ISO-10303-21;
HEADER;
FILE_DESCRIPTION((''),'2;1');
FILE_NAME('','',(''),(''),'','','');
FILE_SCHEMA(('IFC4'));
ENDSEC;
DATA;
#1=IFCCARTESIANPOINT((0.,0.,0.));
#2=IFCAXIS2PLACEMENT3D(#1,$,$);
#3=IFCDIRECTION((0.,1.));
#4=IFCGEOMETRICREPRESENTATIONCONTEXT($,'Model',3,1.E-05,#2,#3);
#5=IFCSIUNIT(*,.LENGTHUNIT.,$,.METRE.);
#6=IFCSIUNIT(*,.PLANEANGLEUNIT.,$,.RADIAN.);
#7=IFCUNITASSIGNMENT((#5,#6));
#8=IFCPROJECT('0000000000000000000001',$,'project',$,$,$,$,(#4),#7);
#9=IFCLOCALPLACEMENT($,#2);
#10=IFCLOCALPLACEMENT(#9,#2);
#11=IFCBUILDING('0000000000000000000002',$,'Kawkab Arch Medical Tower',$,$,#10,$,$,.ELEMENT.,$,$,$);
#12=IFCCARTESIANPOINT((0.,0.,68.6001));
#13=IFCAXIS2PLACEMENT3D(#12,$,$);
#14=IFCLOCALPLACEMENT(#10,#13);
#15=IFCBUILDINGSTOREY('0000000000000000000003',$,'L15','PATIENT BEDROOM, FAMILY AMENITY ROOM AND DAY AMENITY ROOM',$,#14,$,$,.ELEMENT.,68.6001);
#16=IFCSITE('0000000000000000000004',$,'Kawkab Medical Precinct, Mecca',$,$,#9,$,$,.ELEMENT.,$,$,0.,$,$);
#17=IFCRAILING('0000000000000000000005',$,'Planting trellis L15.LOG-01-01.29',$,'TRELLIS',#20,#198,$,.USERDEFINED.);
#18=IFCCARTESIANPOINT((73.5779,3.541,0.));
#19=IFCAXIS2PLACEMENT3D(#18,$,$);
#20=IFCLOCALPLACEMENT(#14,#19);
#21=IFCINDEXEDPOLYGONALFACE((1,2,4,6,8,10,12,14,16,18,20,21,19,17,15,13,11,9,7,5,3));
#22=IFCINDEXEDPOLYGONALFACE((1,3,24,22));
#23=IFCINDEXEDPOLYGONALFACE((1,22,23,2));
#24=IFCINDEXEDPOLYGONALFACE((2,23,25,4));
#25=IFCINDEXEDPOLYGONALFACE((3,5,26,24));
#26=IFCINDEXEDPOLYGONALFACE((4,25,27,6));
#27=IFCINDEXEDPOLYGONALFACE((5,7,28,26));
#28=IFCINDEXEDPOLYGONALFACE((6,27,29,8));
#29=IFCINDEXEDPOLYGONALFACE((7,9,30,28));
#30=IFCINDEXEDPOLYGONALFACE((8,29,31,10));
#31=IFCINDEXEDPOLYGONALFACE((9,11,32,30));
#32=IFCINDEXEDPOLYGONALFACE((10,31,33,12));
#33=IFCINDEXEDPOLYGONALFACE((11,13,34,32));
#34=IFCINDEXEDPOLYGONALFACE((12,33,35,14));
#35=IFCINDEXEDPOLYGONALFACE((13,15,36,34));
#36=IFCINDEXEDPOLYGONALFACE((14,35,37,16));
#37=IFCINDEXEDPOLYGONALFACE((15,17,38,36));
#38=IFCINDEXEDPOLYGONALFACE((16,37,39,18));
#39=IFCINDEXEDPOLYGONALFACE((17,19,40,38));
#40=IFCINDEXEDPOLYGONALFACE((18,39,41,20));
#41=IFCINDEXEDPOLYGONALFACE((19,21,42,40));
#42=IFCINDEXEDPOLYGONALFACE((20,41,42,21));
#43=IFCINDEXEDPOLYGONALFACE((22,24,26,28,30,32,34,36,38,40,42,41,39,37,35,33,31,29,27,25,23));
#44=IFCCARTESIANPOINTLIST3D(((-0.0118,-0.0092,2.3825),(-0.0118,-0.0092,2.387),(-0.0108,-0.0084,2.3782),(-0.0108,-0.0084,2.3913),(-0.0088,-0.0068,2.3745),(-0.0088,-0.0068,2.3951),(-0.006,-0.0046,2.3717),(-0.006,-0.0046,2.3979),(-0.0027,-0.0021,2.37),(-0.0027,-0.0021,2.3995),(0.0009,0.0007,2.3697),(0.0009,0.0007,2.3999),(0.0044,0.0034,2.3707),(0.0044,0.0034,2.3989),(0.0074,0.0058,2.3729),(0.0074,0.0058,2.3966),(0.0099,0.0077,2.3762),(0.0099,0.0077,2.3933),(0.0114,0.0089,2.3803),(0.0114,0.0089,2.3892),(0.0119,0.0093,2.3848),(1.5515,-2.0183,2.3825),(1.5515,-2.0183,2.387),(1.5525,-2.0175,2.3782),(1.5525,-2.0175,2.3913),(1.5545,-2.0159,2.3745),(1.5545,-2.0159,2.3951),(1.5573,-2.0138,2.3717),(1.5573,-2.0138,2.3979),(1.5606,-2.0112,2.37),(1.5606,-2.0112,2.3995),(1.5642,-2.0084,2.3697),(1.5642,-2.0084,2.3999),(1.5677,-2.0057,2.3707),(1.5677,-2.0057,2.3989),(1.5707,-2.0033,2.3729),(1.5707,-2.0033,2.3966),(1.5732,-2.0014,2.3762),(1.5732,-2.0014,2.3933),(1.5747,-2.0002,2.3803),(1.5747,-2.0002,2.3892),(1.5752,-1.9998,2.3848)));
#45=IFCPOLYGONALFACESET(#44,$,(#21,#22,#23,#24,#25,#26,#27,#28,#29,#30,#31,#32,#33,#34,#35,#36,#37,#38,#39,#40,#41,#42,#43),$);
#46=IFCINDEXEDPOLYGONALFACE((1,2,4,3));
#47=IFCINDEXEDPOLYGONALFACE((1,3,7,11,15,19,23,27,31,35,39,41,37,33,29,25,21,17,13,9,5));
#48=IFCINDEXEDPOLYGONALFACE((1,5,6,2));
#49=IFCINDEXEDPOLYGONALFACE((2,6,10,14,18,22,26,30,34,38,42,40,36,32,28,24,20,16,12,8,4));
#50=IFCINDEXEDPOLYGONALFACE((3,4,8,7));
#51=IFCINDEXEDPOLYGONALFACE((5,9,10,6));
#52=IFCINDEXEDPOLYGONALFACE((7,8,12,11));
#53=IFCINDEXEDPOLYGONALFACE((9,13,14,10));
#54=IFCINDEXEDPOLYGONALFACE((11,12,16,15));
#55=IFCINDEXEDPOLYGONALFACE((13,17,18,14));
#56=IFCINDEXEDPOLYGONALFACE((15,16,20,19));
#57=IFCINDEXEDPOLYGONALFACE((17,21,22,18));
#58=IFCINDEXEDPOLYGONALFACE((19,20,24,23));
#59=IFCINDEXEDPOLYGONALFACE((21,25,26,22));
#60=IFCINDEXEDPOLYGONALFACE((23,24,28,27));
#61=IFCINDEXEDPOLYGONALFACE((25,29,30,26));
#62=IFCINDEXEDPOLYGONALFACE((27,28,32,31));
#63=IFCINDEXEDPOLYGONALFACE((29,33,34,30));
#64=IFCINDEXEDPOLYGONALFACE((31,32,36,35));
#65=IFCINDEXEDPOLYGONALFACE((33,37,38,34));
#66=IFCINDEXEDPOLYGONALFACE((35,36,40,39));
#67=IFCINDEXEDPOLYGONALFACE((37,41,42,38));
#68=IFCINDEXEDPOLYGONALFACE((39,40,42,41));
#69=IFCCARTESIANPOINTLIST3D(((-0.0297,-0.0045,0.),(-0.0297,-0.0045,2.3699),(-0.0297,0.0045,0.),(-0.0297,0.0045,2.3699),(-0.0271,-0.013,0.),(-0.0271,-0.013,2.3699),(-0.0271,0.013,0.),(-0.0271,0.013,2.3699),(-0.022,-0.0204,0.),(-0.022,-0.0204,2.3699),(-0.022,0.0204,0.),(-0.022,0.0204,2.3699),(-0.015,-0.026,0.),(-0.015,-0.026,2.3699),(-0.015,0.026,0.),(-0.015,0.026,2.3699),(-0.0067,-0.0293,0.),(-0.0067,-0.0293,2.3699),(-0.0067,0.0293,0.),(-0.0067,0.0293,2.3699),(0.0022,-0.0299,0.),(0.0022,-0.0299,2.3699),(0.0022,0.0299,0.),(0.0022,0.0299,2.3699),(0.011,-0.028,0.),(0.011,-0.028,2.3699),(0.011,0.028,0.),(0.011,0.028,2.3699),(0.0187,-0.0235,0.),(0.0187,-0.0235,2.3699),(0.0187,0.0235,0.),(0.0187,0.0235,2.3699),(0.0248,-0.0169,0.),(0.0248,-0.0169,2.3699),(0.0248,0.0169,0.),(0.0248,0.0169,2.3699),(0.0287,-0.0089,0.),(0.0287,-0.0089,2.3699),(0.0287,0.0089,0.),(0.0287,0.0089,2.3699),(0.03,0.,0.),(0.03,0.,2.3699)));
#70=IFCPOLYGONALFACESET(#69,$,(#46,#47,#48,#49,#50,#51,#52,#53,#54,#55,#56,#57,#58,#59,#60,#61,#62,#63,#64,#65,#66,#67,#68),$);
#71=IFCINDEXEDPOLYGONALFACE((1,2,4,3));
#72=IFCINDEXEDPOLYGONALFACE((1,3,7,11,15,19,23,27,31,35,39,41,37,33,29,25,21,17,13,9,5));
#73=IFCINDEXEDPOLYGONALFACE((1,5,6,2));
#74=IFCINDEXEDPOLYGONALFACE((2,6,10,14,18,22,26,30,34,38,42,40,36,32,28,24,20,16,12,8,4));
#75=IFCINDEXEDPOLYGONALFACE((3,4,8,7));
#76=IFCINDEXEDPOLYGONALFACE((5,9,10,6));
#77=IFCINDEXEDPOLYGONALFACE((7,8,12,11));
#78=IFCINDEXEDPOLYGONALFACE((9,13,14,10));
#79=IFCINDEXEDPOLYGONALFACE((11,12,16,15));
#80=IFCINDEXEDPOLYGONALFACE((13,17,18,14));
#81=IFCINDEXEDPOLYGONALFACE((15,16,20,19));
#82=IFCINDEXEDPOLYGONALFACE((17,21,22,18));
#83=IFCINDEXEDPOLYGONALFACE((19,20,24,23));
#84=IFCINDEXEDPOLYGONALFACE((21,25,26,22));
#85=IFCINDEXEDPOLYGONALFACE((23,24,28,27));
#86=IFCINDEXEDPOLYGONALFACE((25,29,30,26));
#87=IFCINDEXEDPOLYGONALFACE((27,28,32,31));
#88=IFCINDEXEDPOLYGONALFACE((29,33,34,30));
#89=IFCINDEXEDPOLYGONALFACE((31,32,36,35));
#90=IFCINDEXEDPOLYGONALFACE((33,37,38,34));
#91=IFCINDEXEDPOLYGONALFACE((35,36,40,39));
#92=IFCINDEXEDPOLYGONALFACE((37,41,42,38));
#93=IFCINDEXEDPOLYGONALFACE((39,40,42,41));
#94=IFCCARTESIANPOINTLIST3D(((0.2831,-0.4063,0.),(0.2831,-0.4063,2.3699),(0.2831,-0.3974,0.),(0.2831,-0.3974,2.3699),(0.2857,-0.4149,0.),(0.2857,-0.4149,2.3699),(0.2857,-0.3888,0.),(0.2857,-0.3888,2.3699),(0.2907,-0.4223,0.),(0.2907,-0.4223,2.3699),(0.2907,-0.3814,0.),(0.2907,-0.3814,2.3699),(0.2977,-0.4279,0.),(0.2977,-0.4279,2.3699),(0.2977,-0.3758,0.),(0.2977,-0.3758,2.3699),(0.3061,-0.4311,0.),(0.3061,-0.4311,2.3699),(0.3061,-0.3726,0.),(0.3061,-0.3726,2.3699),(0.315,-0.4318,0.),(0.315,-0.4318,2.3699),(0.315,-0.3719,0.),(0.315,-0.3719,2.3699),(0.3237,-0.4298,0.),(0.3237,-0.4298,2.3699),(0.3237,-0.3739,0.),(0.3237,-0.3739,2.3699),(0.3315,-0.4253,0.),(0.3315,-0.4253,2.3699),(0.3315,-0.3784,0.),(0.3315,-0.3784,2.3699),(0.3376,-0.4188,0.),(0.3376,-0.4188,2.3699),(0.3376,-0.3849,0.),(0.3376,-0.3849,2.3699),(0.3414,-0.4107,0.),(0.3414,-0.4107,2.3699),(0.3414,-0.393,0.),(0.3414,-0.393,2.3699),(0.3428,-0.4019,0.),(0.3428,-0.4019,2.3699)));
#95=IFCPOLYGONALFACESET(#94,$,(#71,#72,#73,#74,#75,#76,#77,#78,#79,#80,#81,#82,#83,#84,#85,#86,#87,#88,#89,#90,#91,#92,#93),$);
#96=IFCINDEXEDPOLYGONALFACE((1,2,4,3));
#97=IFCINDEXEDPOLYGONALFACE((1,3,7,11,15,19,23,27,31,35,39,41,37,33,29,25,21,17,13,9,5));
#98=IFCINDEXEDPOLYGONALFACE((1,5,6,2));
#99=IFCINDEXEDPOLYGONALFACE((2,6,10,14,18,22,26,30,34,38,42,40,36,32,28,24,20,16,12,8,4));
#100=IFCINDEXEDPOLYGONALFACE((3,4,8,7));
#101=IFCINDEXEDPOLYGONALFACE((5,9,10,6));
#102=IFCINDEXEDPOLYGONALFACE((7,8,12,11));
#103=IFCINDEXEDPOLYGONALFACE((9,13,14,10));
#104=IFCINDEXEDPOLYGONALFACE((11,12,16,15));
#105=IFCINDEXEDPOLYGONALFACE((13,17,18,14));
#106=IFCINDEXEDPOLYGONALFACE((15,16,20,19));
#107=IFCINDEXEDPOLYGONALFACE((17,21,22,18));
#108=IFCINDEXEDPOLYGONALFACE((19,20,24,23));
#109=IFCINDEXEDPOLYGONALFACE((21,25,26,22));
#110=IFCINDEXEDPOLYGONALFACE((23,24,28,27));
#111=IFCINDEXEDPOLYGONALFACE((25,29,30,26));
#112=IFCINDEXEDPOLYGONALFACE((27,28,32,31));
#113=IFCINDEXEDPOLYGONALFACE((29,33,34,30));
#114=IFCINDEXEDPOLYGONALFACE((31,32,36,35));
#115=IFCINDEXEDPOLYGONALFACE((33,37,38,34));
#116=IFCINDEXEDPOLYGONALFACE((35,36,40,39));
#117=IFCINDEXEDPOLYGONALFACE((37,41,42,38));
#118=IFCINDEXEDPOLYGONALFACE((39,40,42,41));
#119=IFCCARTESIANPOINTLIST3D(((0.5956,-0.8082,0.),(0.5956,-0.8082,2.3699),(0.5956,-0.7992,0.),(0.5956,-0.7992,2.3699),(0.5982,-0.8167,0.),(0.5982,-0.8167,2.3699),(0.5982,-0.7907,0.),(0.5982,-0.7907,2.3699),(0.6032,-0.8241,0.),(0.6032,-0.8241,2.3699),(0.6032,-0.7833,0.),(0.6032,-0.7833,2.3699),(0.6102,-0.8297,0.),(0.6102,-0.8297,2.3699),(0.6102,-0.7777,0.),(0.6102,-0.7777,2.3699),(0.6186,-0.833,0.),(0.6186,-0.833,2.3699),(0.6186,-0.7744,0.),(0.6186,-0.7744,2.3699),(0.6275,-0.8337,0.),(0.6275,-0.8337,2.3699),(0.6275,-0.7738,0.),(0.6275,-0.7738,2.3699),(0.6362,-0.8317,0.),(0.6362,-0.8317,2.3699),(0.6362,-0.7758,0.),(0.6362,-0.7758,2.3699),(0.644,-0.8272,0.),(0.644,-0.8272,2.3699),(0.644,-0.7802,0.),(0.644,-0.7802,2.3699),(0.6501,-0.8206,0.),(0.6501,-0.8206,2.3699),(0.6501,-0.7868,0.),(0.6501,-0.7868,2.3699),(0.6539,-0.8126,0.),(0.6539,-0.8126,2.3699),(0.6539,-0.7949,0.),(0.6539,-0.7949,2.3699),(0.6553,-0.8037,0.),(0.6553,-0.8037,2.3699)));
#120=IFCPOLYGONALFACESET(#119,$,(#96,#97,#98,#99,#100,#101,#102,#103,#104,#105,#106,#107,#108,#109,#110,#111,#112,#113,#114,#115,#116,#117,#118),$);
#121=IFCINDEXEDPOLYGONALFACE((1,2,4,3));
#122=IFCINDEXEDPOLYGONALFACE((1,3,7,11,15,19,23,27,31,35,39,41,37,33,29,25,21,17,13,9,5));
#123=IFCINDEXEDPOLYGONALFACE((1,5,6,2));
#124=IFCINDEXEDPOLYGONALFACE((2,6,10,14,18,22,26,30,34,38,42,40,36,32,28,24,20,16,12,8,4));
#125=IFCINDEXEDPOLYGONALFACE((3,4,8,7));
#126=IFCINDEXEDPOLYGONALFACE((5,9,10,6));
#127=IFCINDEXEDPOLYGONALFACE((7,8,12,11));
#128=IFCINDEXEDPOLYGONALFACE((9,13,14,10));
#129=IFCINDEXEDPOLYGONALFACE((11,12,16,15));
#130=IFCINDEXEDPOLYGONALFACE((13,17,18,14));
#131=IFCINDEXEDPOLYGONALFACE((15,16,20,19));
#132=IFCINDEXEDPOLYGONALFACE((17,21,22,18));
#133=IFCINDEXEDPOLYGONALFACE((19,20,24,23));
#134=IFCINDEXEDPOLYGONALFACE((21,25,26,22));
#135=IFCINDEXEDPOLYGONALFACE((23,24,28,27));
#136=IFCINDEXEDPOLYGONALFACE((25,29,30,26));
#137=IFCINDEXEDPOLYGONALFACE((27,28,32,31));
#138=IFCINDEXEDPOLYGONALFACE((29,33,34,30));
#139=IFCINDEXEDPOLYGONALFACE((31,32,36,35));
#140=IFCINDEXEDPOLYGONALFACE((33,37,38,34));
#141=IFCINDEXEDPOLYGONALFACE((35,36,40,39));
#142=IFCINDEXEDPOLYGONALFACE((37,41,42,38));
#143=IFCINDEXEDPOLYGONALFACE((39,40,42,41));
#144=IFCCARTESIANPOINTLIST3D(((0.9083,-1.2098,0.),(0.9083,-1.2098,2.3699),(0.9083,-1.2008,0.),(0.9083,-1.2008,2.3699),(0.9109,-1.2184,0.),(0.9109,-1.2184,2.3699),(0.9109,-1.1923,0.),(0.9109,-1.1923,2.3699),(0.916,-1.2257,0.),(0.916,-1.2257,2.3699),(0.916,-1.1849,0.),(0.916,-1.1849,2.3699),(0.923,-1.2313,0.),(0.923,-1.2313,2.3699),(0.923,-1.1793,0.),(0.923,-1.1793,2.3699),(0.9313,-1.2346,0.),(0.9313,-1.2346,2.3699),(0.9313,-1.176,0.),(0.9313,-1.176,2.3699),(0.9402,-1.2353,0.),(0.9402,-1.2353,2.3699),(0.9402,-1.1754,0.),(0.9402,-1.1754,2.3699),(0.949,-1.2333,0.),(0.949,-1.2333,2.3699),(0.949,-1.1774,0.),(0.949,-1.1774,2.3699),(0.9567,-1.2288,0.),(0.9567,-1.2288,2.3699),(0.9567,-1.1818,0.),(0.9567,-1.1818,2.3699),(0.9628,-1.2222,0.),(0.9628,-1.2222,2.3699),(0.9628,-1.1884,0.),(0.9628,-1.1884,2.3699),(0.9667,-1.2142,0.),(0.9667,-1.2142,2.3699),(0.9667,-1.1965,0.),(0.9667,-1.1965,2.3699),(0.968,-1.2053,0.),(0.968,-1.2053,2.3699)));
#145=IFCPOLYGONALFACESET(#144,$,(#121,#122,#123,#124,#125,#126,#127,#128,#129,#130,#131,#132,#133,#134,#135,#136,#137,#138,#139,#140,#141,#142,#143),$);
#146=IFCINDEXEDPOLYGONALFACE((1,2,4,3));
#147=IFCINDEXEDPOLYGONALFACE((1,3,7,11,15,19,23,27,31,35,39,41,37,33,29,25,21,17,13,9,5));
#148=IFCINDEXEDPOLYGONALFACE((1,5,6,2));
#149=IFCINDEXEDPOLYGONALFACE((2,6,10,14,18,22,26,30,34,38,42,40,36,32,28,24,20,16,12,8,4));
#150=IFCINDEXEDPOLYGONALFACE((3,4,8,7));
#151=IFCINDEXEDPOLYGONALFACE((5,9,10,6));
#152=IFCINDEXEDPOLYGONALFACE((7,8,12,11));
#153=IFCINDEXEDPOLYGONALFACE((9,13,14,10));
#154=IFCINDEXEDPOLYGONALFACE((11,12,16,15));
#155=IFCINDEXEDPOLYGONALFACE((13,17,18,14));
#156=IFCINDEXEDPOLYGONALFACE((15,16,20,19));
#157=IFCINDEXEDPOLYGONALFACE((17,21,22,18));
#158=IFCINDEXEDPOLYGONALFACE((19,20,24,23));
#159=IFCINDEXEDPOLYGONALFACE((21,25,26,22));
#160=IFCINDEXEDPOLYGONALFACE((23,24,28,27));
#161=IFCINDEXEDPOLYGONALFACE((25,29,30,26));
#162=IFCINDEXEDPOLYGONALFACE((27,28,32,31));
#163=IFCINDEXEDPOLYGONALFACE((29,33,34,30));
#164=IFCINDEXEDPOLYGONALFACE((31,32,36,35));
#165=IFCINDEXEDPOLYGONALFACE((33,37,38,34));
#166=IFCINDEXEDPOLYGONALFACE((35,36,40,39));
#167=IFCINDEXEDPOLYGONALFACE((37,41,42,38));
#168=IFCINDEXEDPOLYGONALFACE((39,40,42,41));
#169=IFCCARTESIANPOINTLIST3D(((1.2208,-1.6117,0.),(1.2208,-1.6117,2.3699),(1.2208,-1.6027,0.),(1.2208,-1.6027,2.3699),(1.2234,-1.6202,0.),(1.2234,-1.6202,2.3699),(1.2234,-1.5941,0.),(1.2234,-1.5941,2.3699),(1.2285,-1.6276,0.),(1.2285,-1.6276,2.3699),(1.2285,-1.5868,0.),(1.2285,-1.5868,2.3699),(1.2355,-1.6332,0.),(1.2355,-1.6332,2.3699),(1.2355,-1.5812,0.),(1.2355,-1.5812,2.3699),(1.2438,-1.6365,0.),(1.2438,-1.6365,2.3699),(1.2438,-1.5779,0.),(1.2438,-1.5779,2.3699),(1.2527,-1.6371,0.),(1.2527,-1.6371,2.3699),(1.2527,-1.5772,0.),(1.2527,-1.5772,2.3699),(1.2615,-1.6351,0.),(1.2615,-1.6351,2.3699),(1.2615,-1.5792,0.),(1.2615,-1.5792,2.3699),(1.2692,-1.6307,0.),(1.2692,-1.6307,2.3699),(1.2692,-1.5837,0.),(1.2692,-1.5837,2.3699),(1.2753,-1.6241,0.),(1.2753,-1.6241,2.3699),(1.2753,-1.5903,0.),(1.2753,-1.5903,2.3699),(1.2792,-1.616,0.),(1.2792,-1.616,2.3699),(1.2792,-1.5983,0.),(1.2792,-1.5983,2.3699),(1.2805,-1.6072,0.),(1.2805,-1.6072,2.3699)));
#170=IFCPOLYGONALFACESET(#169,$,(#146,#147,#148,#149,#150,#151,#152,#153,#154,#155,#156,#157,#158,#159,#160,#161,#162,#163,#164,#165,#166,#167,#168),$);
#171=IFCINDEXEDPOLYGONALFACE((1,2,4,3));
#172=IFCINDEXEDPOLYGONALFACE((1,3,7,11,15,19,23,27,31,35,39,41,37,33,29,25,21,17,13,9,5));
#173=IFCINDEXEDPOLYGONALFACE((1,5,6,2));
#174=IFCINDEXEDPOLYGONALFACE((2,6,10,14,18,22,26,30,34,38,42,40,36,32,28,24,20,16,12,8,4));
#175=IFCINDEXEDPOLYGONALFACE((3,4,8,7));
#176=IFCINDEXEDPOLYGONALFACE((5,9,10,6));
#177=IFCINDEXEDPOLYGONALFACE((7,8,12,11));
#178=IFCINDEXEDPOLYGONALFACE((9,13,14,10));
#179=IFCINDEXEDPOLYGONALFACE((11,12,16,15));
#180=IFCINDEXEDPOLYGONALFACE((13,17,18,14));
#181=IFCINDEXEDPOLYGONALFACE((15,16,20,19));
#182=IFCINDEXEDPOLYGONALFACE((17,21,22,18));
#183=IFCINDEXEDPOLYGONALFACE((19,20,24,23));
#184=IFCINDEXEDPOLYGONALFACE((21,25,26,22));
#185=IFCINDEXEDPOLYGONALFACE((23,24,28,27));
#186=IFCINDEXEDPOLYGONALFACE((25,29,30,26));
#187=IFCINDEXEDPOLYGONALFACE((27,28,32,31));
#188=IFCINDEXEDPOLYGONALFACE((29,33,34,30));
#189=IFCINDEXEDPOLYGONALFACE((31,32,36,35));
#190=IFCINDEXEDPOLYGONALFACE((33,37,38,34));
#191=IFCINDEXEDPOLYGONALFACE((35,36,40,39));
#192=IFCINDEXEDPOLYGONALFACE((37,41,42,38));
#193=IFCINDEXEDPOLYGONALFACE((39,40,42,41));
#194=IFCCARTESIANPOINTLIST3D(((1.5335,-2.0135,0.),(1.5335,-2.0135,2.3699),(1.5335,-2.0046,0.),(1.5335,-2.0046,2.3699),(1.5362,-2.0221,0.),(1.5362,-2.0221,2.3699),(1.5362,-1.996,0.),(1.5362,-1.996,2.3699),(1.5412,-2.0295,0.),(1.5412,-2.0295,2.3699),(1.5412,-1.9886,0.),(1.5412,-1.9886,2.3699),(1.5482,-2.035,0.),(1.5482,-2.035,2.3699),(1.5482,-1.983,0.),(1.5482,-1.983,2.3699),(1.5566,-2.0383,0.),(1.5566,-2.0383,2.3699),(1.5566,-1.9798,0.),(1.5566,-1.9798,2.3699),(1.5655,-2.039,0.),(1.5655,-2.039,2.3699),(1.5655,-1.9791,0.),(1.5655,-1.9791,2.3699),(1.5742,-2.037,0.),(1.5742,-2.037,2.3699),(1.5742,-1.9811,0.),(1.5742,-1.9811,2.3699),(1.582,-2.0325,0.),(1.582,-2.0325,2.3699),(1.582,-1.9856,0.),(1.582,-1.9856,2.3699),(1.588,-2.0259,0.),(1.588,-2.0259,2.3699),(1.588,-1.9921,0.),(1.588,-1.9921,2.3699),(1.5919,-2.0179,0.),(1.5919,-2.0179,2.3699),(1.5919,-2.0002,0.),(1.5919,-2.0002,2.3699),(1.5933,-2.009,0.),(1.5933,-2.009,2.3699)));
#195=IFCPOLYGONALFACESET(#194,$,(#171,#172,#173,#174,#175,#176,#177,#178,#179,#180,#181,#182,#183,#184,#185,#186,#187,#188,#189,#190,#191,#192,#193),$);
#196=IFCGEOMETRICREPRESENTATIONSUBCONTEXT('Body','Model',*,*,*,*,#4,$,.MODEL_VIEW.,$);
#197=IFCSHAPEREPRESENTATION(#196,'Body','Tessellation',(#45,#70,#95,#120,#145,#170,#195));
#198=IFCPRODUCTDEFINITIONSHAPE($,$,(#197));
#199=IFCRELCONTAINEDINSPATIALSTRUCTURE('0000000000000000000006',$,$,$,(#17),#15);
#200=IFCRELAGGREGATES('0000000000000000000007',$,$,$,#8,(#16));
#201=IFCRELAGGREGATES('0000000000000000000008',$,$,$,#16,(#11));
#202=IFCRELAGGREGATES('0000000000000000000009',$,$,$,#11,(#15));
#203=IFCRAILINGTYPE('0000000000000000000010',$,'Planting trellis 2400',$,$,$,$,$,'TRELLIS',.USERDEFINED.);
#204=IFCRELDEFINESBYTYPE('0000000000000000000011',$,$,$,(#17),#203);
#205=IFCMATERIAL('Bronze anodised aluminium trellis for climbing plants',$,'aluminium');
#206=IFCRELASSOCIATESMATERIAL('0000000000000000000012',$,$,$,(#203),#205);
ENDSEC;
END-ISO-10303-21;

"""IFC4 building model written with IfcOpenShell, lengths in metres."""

from ifc_helpers import new_model, si_unit, direction, frame, origin, origin_2d, place, context, subcontext, project, spatial, circle, extrude, material, type_object, element, save


model = new_model("IFC4")

# Units and contexts
model_context = context("Model", 3, precision=1e-05, world=origin(), true_north=direction((0.0, 1.0)))
body_context = subcontext(model_context, "Body", "Model", "MODEL_VIEW")
ifc_project = project(units=[si_unit("LENGTHUNIT", "METRE"), si_unit("PLANEANGLEUNIT", "RADIAN")], contexts=[model_context])

# Site, building, storey
site_placement = place(None, origin())
site = spatial("IfcSite", under=ifc_project, at=site_placement, Name="Kawkab Medical Precinct, Mecca", CompositionType="ELEMENT", RefElevation=0.0)
building_placement = place(site_placement, origin())
building = spatial("IfcBuilding", under=site, at=building_placement, Name="Kawkab Arch Medical Tower", CompositionType="ELEMENT")
storey_placement = place(building_placement, frame((0.0, 0.0, 68.6001)))
storey = spatial("IfcBuildingStorey", under=building, at=storey_placement, Name="L15", Description="PATIENT BEDROOM, FAMILY AMENITY ROOM AND DAY AMENITY ROOM", CompositionType="ELEMENT", Elevation=68.6001)

# Railing
ifc_material_1 = material(Name="Bronze anodised aluminium trellis for climbing plants", Category="aluminium")
railing_type = type_object("IfcRailingType", Name="Planting trellis 2400", ElementType="TRELLIS", PredefinedType="USERDEFINED", material=ifc_material_1)
railing_1_placement = place(storey_placement, frame((73.5779, 3.541, 0.0)))
element("IfcRailing", 1, at=railing_1_placement, inside=storey, type_object=railing_type, Name="Planting trellis L15.LOG-01-01.29", ObjectType="TRELLIS", PredefinedType="USERDEFINED", context=body_context, shape_type="SweptSolid", body=[
    extrude(circle(Radius=0.0151, at=origin_2d()), frame((0.0, 0.0, 2.3848), z_axis=(0.6141, -0.789228, 0.0), x_axis=(0.789228, 0.6141, 0.0)), (0.0, 0.0, 1.0), 2.5457),
    extrude(circle(Radius=0.03, at=origin_2d()), origin(), (0.0, 0.0, 1.0), 2.3699),
    extrude(circle(Radius=0.03, at=origin_2d()), frame((0.3127, -0.4019, 0.0)), (0.0, 0.0, 1.0), 2.3699),
    extrude(circle(Radius=0.03, at=origin_2d()), frame((0.6252, -0.8037, 0.0)), (0.0, 0.0, 1.0), 2.3699),
    extrude(circle(Radius=0.03, at=origin_2d()), frame((0.938, -1.2053, 0.0)), (0.0, 0.0, 1.0), 2.3699),
    extrude(circle(Radius=0.03, at=origin_2d()), frame((1.2505, -1.6072, 0.0)), (0.0, 0.0, 1.0), 2.3699),
    extrude(circle(Radius=0.03, at=origin_2d()), frame((1.5632, -2.009, 0.0)), (0.0, 0.0, 1.0), 2.3699),
])

save(model, "model.ifc")
